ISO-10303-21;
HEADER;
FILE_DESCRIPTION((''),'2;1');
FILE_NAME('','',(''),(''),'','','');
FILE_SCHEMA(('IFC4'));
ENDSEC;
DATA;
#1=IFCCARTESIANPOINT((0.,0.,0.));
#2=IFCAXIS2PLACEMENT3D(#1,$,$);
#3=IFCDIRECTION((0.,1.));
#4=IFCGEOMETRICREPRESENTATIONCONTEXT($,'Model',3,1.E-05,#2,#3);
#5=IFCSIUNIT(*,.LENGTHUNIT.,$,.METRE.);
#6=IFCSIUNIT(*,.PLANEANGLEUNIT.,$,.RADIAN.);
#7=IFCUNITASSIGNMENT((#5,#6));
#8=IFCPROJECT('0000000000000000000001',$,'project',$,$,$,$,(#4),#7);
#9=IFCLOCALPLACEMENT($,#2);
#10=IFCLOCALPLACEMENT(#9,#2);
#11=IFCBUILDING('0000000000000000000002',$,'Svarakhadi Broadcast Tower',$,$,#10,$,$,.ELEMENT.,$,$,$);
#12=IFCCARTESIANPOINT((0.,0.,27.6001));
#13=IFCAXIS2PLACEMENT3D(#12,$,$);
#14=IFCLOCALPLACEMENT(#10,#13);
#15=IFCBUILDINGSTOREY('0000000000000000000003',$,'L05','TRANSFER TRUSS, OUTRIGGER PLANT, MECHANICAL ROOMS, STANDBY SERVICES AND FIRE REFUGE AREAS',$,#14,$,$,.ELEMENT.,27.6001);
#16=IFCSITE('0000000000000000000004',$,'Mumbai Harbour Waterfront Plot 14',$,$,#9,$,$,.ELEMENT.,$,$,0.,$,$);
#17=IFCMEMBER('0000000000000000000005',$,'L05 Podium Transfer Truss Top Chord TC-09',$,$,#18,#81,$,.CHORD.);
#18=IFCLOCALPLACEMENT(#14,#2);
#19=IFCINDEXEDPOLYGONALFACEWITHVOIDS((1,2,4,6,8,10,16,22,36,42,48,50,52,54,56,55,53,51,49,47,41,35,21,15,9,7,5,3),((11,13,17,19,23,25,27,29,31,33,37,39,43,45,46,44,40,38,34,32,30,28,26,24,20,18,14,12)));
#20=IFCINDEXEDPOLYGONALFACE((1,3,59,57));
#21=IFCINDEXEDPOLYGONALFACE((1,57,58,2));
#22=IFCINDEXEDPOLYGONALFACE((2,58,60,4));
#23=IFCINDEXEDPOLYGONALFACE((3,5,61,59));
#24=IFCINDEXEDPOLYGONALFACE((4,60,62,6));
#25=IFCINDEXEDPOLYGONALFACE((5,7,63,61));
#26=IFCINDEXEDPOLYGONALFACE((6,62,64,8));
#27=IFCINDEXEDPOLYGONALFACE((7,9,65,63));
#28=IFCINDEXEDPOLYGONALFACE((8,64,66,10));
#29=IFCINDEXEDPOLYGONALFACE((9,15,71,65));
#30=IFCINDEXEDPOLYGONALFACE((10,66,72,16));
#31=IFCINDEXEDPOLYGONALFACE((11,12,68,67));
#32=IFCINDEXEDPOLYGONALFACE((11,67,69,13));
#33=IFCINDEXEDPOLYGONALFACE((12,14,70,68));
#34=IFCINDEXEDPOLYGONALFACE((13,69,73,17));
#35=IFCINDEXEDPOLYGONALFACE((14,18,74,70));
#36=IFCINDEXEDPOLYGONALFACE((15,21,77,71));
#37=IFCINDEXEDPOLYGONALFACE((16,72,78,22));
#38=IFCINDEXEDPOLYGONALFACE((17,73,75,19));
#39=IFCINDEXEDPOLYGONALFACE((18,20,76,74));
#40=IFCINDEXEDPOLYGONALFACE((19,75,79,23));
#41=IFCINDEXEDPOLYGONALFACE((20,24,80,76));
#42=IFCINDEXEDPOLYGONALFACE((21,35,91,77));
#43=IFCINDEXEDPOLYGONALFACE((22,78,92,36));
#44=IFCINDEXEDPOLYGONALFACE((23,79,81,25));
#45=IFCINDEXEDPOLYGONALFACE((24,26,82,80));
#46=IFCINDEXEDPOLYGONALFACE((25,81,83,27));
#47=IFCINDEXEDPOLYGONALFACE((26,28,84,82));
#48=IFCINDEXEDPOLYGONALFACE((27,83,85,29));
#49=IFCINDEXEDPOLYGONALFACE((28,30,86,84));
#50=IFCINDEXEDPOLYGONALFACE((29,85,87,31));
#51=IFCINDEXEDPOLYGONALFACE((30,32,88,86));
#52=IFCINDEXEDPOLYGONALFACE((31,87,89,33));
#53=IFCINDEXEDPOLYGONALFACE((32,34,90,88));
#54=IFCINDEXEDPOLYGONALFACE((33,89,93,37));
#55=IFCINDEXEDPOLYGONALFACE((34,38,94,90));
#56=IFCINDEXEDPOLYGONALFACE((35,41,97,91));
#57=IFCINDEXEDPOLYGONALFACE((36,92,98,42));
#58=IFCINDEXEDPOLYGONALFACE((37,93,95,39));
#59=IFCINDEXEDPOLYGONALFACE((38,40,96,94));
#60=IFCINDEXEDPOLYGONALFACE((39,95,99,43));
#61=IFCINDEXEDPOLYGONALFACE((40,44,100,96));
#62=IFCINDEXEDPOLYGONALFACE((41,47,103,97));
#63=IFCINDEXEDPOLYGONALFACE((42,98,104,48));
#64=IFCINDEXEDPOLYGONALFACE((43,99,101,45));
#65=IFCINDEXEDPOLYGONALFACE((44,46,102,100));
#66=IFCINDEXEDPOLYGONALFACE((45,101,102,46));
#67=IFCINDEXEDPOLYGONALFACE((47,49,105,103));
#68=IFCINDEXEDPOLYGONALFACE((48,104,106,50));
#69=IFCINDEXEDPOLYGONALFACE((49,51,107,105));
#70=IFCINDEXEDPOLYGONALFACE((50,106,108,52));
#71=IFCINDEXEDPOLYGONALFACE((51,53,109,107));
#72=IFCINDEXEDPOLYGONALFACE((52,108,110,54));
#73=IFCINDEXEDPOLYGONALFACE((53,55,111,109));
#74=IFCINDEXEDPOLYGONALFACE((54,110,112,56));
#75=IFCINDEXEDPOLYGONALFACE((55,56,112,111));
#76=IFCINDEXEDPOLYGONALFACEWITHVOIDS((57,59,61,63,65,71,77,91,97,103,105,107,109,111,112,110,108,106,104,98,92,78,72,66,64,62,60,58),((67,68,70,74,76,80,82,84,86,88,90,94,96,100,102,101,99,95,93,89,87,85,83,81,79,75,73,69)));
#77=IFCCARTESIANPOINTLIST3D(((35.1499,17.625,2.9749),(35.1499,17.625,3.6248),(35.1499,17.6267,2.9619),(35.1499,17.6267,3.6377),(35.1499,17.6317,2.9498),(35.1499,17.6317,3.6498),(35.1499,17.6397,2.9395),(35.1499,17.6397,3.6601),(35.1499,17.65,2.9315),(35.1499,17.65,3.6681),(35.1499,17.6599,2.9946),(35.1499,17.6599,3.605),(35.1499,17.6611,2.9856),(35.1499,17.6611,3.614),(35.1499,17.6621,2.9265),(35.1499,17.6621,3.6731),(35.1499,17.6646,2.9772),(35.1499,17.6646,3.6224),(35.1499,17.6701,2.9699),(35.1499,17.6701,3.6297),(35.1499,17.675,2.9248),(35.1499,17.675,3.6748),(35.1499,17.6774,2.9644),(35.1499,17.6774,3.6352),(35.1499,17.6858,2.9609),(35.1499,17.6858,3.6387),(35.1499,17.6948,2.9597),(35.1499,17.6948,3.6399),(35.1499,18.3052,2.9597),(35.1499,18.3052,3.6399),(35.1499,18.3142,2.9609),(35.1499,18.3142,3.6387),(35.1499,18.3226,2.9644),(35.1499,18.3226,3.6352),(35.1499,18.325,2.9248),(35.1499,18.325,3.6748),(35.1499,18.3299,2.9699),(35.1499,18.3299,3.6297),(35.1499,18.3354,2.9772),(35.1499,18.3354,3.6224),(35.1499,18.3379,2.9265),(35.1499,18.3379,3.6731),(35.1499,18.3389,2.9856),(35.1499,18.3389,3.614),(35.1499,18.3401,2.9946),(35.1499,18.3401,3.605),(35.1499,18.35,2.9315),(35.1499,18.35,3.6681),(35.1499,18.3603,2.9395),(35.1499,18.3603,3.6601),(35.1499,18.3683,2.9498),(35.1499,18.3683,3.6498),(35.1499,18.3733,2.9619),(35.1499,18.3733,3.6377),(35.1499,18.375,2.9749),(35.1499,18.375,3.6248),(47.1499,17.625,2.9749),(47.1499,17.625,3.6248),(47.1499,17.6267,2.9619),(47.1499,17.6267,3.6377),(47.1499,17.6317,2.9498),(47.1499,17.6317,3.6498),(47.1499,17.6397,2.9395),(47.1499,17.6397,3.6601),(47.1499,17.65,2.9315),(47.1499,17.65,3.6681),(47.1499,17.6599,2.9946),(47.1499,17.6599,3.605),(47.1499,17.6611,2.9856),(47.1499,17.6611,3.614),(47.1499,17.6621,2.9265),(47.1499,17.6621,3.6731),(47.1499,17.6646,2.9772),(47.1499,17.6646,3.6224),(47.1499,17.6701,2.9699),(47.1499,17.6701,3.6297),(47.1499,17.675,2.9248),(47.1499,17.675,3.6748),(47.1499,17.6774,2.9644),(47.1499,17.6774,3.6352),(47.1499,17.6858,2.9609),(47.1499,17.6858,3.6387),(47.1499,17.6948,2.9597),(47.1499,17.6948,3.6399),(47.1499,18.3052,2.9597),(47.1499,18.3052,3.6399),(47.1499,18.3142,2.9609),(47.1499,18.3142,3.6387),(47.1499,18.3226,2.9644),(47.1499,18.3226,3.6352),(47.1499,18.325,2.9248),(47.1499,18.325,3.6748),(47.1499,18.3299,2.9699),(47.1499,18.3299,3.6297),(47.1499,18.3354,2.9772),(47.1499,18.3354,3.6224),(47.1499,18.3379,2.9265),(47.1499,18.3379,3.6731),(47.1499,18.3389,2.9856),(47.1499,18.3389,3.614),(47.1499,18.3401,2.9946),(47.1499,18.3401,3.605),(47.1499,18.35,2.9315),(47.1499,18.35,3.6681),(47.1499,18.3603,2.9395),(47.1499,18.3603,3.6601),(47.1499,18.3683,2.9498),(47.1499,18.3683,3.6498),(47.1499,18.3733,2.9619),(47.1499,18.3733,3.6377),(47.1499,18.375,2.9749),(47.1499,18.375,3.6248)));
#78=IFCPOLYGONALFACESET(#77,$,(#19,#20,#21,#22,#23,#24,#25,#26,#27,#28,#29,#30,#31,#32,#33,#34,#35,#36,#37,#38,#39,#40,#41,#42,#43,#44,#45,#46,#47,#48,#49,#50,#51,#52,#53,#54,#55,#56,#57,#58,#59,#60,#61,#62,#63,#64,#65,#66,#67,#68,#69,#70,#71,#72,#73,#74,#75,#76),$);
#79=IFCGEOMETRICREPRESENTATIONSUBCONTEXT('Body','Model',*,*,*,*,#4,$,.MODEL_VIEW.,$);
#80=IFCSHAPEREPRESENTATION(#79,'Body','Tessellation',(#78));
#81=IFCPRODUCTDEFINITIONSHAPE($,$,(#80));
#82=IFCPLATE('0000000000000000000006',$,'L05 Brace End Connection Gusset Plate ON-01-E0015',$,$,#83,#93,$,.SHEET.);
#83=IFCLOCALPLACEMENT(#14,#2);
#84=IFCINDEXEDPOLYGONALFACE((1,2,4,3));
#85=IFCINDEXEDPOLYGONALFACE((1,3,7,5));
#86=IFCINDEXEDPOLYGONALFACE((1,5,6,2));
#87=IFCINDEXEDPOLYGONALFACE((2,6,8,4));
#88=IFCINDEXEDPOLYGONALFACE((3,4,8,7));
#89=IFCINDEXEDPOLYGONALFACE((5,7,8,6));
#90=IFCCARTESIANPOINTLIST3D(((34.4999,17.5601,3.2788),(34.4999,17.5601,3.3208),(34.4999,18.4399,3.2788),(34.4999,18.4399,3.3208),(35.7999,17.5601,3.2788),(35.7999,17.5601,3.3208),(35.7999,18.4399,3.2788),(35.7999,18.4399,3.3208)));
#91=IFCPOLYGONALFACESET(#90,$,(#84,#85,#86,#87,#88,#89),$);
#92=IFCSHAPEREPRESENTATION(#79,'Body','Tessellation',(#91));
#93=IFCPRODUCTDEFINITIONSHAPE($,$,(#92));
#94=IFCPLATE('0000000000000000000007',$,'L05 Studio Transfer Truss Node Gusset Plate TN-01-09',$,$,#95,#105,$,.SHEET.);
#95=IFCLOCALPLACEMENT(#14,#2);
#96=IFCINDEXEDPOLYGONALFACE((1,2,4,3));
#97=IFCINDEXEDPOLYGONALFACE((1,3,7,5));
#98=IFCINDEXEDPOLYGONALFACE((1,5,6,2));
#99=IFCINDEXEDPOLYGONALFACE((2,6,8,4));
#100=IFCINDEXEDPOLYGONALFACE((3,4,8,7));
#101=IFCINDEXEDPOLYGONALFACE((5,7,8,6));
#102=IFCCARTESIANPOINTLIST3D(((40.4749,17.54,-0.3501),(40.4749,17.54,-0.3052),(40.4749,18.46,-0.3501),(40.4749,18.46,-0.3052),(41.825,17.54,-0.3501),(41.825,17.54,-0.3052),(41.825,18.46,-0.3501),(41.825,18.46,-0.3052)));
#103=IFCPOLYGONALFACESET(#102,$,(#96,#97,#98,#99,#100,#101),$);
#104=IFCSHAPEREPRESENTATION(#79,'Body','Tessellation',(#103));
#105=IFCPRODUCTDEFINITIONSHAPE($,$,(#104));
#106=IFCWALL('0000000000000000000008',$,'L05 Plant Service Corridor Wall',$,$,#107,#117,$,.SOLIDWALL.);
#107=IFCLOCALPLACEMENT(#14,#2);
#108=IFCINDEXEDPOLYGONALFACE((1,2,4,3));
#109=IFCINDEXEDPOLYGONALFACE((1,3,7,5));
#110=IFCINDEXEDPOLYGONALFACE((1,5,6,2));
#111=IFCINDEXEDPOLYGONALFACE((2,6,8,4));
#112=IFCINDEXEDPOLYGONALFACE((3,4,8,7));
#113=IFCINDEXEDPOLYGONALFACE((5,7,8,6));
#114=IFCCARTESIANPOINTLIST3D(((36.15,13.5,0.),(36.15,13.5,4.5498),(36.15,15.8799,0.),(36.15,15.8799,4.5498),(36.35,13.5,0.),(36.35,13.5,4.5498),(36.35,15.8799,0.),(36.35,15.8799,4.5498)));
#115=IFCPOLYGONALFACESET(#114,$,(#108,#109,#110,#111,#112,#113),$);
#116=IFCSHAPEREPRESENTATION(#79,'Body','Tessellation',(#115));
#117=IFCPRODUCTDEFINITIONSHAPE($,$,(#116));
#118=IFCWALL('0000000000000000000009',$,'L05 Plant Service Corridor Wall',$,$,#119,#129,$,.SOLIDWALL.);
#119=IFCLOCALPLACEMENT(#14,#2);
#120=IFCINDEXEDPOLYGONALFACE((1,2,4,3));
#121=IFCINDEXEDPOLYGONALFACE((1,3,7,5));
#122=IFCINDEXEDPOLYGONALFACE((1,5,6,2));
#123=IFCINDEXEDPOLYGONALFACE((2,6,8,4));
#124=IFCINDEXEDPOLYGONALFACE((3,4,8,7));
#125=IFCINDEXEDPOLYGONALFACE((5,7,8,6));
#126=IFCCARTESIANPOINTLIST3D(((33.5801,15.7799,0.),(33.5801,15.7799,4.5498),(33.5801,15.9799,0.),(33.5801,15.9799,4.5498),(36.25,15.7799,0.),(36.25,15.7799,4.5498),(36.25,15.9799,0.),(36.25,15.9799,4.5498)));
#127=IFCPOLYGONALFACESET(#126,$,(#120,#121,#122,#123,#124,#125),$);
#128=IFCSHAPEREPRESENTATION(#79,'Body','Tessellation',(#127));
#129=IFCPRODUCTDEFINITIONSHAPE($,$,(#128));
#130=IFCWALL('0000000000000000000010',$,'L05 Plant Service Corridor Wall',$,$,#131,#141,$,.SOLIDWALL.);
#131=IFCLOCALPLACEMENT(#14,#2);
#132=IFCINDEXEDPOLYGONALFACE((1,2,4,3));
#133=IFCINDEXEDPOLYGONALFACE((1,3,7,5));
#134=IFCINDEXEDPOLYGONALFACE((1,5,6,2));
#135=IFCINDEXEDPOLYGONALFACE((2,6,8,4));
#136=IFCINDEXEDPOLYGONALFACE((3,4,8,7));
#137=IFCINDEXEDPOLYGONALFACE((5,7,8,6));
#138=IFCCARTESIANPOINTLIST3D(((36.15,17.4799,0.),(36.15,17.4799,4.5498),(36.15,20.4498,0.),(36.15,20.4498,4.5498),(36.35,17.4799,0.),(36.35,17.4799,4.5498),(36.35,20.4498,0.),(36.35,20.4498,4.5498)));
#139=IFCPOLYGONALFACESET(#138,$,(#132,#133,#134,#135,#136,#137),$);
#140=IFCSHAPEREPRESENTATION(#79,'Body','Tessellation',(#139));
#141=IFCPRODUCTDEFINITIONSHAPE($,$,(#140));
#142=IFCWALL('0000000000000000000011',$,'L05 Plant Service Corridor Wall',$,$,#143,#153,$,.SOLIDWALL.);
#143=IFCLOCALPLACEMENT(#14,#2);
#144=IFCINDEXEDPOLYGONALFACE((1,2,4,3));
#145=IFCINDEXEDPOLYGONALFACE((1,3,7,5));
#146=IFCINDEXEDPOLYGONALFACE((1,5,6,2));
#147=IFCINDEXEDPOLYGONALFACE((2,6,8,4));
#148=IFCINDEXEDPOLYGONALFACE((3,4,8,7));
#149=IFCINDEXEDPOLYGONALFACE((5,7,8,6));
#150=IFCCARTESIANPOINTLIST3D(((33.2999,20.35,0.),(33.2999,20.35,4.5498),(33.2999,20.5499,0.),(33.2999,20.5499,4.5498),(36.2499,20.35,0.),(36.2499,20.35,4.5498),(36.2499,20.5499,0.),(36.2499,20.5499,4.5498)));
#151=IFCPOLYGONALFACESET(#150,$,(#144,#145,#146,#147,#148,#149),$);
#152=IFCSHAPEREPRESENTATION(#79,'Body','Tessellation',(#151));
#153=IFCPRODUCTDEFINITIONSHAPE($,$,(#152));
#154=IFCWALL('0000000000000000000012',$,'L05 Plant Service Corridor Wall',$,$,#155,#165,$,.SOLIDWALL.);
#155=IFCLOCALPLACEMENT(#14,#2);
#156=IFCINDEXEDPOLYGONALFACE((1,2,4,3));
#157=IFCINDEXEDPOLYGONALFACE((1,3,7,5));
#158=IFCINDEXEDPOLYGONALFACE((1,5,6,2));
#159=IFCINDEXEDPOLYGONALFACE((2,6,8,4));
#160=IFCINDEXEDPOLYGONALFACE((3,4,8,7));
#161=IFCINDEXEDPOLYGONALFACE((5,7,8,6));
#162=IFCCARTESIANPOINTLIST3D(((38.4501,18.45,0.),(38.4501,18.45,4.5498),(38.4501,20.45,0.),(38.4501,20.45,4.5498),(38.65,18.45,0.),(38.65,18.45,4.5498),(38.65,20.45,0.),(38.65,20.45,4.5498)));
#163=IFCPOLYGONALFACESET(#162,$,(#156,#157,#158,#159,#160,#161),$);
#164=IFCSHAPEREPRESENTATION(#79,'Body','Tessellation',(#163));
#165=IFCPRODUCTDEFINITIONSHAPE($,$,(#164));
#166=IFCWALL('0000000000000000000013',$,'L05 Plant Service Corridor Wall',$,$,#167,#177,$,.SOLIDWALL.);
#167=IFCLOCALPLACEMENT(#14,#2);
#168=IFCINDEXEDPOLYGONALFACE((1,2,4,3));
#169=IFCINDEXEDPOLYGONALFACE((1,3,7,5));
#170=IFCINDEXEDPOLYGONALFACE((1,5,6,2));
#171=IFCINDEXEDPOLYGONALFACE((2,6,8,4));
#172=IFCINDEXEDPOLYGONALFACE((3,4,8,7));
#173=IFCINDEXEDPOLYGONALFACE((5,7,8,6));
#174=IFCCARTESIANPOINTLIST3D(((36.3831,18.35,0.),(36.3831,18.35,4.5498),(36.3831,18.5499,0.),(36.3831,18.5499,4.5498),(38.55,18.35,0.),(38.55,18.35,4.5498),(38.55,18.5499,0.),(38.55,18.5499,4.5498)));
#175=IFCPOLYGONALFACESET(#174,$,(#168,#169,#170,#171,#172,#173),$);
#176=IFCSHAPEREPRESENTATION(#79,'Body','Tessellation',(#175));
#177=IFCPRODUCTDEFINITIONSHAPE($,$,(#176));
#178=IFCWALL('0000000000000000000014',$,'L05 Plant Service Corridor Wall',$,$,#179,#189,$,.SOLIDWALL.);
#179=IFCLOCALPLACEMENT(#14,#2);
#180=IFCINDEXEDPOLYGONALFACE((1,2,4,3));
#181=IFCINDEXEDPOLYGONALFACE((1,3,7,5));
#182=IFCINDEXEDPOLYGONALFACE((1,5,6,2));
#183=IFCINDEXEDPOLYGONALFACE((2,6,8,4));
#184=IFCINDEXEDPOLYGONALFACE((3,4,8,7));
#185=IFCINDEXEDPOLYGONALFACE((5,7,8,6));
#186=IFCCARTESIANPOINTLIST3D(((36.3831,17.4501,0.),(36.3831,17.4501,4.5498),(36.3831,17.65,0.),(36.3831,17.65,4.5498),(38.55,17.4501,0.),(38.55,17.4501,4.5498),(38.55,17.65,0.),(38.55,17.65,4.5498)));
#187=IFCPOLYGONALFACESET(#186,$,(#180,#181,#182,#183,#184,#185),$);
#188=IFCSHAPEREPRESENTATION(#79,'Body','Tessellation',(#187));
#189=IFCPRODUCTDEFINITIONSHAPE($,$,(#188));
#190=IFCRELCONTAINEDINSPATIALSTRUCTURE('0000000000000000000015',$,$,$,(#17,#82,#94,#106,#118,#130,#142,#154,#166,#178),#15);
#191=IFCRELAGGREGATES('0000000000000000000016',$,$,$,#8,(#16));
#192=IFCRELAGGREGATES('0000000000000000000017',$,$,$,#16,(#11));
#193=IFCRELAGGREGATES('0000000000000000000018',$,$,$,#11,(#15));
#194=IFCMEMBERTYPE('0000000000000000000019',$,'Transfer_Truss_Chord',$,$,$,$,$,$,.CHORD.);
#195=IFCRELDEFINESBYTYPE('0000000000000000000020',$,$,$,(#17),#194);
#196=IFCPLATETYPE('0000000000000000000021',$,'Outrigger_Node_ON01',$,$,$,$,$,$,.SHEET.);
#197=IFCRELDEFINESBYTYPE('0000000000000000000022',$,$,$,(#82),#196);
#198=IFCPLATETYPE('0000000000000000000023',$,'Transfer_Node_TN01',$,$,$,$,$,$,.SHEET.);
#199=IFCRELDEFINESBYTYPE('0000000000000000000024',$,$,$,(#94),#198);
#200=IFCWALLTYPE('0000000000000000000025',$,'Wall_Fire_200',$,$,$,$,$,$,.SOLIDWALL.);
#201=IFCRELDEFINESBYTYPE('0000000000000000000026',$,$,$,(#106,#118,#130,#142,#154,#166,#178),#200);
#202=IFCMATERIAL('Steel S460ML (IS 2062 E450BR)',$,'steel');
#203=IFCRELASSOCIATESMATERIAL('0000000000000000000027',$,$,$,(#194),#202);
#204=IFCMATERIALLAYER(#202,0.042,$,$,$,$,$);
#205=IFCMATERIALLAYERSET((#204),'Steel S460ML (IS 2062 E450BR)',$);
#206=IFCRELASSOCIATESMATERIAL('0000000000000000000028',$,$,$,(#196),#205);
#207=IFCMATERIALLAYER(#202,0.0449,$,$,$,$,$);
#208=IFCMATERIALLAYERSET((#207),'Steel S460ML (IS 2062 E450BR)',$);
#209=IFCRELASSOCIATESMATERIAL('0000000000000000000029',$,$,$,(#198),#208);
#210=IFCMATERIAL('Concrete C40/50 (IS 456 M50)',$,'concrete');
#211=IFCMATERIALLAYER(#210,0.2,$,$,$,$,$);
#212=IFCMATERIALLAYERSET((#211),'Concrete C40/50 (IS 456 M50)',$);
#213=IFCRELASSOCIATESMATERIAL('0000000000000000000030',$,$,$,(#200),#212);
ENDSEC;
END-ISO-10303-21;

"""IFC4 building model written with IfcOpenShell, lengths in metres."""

from ifc_helpers import new_model, si_unit, direction, frame, frame_2d, origin, origin_2d, place, context, subcontext, project, spatial, rectangle, hollow_rectangle, extrude, material, layer, layer_set, material_profile, profile_set, type_object, element, save


model = new_model("IFC4")

# Units and contexts
model_context = context("Model", 3, precision=1e-05, world=origin(), true_north=direction((0.0, 1.0)))
body_context = subcontext(model_context, "Body", "Model", "MODEL_VIEW")
ifc_project = project(units=[si_unit("LENGTHUNIT", "METRE"), si_unit("PLANEANGLEUNIT", "RADIAN")], contexts=[model_context])

# Site, building, storey
site_placement = place(None, origin())
site = spatial("IfcSite", under=ifc_project, at=site_placement, Name="Mumbai Harbour Waterfront Plot 14", CompositionType="ELEMENT", RefElevation=0.0)
building_placement = place(site_placement, origin())
building = spatial("IfcBuilding", under=site, at=building_placement, Name="Svarakhadi Broadcast Tower", CompositionType="ELEMENT")
storey_placement = place(building_placement, frame((0.0, 0.0, 27.6001)))
storey = spatial("IfcBuildingStorey", under=building, at=storey_placement, Name="L05", Description="TRANSFER TRUSS, OUTRIGGER PLANT, MECHANICAL ROOMS, STANDBY SERVICES AND FIRE REFUGE AREAS", CompositionType="ELEMENT", Elevation=27.6001)

# Shared definitions
ifc_material_1 = material(Name="Steel S460ML (IS 2062 E450BR)", Category="steel")

# Member
ifc_material_profile_1 = material_profile(ifc_material_1, hollow_rectangle(XDim=0.75, YDim=0.75, WallThickness=0.0349, InnerFilletRadius=0.0349, OuterFilletRadius=0.05, at=origin_2d()), Name="BOX 750x750x35")
ifc_profile_set_1 = profile_set([ifc_material_profile_1], Name="Steel S460ML (IS 2062 E450BR)")
member_type_1 = type_object("IfcMemberType", Name="Transfer_Truss_Chord", PredefinedType="CHORD", material=ifc_profile_set_1)
member_1_placement = place(storey_placement, frame((35.1499, 18.0, 3.2998), z_axis=(1.0, 0.0, 0.0), x_axis=(0.0, 1.0, 0.0)))
element("IfcMember", 1, at=member_1_placement, inside=storey, type_object=member_type_1, Name="L05 Podium Transfer Truss Top Chord TC-09", PredefinedType="CHORD", context=body_context, shape_type="SweptSolid", body=[
    extrude(hollow_rectangle(XDim=0.75, YDim=0.75, WallThickness=0.0349, InnerFilletRadius=0.0349, OuterFilletRadius=0.05, at=origin_2d()), origin(), (0.0, 0.0, 1.0), 12.0),
])

# Plates
ifc_layer_1 = layer(ifc_material_1, 0.042)
ifc_layer_set_1 = layer_set([ifc_layer_1], Name="Steel S460ML (IS 2062 E450BR)")
plate_type_1 = type_object("IfcPlateType", Name="Outrigger_Node_ON01", PredefinedType="SHEET", material=ifc_layer_set_1)
plate_1_placement = place(storey_placement, frame((35.1499, 18.0, 3.2788), z_axis=(0.0, 0.0, 1.0), x_axis=(1.0, 0.0, 0.0)))
element("IfcPlate", 2, at=plate_1_placement, inside=storey, type_object=plate_type_1, Name="L05 Brace End Connection Gusset Plate ON-01-E0015", PredefinedType="SHEET", context=body_context, shape_type="SweptSolid", body=[
    extrude(rectangle(XDim=1.3, YDim=0.8799, at=origin_2d()), origin(), (0.0, 0.0, 1.0), 0.042),
])
ifc_layer_2 = layer(ifc_material_1, 0.0449)
ifc_layer_set_2 = layer_set([ifc_layer_2], Name="Steel S460ML (IS 2062 E450BR)")
plate_type_2 = type_object("IfcPlateType", Name="Transfer_Node_TN01", PredefinedType="SHEET", material=ifc_layer_set_2)
plate_2_placement = place(storey_placement, frame((41.1499, 18.0, -0.3501), z_axis=(0.0, 0.0, 1.0), x_axis=(1.0, 0.0, 0.0)))
element("IfcPlate", 3, at=plate_2_placement, inside=storey, type_object=plate_type_2, Name="L05 Studio Transfer Truss Node Gusset Plate TN-01-09", PredefinedType="SHEET", context=body_context, shape_type="SweptSolid", body=[
    extrude(rectangle(XDim=1.3501, YDim=0.9199, at=origin_2d()), origin(), (0.0, 0.0, 1.0), 0.0449),
])

# Walls
ifc_material_2 = material(Name="Concrete C40/50 (IS 456 M50)", Category="concrete")
ifc_layer_3 = layer(ifc_material_2, 0.2)
ifc_layer_set_3 = layer_set([ifc_layer_3], Name="Concrete C40/50 (IS 456 M50)")
wall_type = type_object("IfcWallType", Name="Wall_Fire_200", PredefinedType="SOLIDWALL", material=ifc_layer_set_3)
wall_1_placement = place(storey_placement, frame((36.25, 13.5, 0.0), z_axis=(0.0, 0.0, 1.0), x_axis=(0.0, 1.0, 0.0)))
element("IfcWall", 4, at=wall_1_placement, inside=storey, type_object=wall_type, Name="L05 Plant Service Corridor Wall", PredefinedType="SOLIDWALL", context=body_context, shape_type="SweptSolid", body=[
    extrude(rectangle(XDim=2.3799, YDim=0.2, at=frame_2d((1.1899, 0.0))), origin(), (0.0, 0.0, 1.0), 4.5498),
])
wall_2_placement = place(storey_placement, frame((36.25, 15.8799, 0.0), z_axis=(0.0, 0.0, 1.0), x_axis=(-1.0, 0.0, 0.0)))
element("IfcWall", 5, at=wall_2_placement, inside=storey, type_object=wall_type, Name="L05 Plant Service Corridor Wall", PredefinedType="SOLIDWALL", context=body_context, shape_type="SweptSolid", body=[
    extrude(rectangle(XDim=2.6699, YDim=0.2, at=frame_2d((1.335, 0.0))), origin(), (0.0, 0.0, 1.0), 4.5498),
])
wall_3_placement = place(storey_placement, frame((36.25, 17.48, 0.0), z_axis=(0.0, 0.0, 1.0), x_axis=(0.0, 1.0, 0.0)))
element("IfcWall", 6, at=wall_3_placement, inside=storey, type_object=wall_type, Name="L05 Plant Service Corridor Wall", PredefinedType="SOLIDWALL", context=body_context, shape_type="SweptSolid", body=[
    extrude(rectangle(XDim=2.97, YDim=0.2, at=frame_2d((1.4849, 0.0))), origin(), (0.0, 0.0, 1.0), 4.5498),
])
wall_4_placement = place(storey_placement, frame((36.25, 20.45, 0.0), z_axis=(0.0, 0.0, 1.0), x_axis=(-1.0, 0.0, 0.0)))
element("IfcWall", 7, at=wall_4_placement, inside=storey, type_object=wall_type, Name="L05 Plant Service Corridor Wall", PredefinedType="SOLIDWALL", context=body_context, shape_type="SweptSolid", body=[
    extrude(rectangle(XDim=2.95, YDim=0.2, at=frame_2d((1.4751, 0.0))), origin(), (0.0, 0.0, 1.0), 4.5498),
])

# Walls
wall_5_placement = place(storey_placement, frame((38.55, 20.45, 0.0), z_axis=(0.0, 0.0, 1.0), x_axis=(0.0, -1.0, 0.0)))
element("IfcWall", 8, at=wall_5_placement, inside=storey, type_object=wall_type, Name="L05 Plant Service Corridor Wall", PredefinedType="SOLIDWALL", context=body_context, shape_type="SweptSolid", body=[
    extrude(rectangle(XDim=2.0, YDim=0.2, at=frame_2d((1.0, 0.0))), origin(), (0.0, 0.0, 1.0), 4.5498),
])
for number, where, z_axis, x_axis, name in (
    (9, (38.55, 18.45, 0.0), (0.0, 0.0, 1.0), (-1.0, 0.0, 0.0), "L05 Plant Service Corridor Wall"),
    (10, (36.3831, 17.55, 0.0), (0.0, 0.0, 1.0), (1.0, 0.0, 0.0), "L05 Plant Service Corridor Wall"),
):
    element("IfcWall", number, at=place(storey_placement, frame(where, z_axis=z_axis, x_axis=x_axis)), inside=storey, type_object=wall_type, Name=name, PredefinedType="SOLIDWALL", context=body_context, shape_type="SweptSolid", body=[
        extrude(rectangle(XDim=2.167, YDim=0.2, at=frame_2d((1.0835, 0.0))), origin(), (0.0, 0.0, 1.0), 4.5498),
    ])

save(model, "model.ifc")
